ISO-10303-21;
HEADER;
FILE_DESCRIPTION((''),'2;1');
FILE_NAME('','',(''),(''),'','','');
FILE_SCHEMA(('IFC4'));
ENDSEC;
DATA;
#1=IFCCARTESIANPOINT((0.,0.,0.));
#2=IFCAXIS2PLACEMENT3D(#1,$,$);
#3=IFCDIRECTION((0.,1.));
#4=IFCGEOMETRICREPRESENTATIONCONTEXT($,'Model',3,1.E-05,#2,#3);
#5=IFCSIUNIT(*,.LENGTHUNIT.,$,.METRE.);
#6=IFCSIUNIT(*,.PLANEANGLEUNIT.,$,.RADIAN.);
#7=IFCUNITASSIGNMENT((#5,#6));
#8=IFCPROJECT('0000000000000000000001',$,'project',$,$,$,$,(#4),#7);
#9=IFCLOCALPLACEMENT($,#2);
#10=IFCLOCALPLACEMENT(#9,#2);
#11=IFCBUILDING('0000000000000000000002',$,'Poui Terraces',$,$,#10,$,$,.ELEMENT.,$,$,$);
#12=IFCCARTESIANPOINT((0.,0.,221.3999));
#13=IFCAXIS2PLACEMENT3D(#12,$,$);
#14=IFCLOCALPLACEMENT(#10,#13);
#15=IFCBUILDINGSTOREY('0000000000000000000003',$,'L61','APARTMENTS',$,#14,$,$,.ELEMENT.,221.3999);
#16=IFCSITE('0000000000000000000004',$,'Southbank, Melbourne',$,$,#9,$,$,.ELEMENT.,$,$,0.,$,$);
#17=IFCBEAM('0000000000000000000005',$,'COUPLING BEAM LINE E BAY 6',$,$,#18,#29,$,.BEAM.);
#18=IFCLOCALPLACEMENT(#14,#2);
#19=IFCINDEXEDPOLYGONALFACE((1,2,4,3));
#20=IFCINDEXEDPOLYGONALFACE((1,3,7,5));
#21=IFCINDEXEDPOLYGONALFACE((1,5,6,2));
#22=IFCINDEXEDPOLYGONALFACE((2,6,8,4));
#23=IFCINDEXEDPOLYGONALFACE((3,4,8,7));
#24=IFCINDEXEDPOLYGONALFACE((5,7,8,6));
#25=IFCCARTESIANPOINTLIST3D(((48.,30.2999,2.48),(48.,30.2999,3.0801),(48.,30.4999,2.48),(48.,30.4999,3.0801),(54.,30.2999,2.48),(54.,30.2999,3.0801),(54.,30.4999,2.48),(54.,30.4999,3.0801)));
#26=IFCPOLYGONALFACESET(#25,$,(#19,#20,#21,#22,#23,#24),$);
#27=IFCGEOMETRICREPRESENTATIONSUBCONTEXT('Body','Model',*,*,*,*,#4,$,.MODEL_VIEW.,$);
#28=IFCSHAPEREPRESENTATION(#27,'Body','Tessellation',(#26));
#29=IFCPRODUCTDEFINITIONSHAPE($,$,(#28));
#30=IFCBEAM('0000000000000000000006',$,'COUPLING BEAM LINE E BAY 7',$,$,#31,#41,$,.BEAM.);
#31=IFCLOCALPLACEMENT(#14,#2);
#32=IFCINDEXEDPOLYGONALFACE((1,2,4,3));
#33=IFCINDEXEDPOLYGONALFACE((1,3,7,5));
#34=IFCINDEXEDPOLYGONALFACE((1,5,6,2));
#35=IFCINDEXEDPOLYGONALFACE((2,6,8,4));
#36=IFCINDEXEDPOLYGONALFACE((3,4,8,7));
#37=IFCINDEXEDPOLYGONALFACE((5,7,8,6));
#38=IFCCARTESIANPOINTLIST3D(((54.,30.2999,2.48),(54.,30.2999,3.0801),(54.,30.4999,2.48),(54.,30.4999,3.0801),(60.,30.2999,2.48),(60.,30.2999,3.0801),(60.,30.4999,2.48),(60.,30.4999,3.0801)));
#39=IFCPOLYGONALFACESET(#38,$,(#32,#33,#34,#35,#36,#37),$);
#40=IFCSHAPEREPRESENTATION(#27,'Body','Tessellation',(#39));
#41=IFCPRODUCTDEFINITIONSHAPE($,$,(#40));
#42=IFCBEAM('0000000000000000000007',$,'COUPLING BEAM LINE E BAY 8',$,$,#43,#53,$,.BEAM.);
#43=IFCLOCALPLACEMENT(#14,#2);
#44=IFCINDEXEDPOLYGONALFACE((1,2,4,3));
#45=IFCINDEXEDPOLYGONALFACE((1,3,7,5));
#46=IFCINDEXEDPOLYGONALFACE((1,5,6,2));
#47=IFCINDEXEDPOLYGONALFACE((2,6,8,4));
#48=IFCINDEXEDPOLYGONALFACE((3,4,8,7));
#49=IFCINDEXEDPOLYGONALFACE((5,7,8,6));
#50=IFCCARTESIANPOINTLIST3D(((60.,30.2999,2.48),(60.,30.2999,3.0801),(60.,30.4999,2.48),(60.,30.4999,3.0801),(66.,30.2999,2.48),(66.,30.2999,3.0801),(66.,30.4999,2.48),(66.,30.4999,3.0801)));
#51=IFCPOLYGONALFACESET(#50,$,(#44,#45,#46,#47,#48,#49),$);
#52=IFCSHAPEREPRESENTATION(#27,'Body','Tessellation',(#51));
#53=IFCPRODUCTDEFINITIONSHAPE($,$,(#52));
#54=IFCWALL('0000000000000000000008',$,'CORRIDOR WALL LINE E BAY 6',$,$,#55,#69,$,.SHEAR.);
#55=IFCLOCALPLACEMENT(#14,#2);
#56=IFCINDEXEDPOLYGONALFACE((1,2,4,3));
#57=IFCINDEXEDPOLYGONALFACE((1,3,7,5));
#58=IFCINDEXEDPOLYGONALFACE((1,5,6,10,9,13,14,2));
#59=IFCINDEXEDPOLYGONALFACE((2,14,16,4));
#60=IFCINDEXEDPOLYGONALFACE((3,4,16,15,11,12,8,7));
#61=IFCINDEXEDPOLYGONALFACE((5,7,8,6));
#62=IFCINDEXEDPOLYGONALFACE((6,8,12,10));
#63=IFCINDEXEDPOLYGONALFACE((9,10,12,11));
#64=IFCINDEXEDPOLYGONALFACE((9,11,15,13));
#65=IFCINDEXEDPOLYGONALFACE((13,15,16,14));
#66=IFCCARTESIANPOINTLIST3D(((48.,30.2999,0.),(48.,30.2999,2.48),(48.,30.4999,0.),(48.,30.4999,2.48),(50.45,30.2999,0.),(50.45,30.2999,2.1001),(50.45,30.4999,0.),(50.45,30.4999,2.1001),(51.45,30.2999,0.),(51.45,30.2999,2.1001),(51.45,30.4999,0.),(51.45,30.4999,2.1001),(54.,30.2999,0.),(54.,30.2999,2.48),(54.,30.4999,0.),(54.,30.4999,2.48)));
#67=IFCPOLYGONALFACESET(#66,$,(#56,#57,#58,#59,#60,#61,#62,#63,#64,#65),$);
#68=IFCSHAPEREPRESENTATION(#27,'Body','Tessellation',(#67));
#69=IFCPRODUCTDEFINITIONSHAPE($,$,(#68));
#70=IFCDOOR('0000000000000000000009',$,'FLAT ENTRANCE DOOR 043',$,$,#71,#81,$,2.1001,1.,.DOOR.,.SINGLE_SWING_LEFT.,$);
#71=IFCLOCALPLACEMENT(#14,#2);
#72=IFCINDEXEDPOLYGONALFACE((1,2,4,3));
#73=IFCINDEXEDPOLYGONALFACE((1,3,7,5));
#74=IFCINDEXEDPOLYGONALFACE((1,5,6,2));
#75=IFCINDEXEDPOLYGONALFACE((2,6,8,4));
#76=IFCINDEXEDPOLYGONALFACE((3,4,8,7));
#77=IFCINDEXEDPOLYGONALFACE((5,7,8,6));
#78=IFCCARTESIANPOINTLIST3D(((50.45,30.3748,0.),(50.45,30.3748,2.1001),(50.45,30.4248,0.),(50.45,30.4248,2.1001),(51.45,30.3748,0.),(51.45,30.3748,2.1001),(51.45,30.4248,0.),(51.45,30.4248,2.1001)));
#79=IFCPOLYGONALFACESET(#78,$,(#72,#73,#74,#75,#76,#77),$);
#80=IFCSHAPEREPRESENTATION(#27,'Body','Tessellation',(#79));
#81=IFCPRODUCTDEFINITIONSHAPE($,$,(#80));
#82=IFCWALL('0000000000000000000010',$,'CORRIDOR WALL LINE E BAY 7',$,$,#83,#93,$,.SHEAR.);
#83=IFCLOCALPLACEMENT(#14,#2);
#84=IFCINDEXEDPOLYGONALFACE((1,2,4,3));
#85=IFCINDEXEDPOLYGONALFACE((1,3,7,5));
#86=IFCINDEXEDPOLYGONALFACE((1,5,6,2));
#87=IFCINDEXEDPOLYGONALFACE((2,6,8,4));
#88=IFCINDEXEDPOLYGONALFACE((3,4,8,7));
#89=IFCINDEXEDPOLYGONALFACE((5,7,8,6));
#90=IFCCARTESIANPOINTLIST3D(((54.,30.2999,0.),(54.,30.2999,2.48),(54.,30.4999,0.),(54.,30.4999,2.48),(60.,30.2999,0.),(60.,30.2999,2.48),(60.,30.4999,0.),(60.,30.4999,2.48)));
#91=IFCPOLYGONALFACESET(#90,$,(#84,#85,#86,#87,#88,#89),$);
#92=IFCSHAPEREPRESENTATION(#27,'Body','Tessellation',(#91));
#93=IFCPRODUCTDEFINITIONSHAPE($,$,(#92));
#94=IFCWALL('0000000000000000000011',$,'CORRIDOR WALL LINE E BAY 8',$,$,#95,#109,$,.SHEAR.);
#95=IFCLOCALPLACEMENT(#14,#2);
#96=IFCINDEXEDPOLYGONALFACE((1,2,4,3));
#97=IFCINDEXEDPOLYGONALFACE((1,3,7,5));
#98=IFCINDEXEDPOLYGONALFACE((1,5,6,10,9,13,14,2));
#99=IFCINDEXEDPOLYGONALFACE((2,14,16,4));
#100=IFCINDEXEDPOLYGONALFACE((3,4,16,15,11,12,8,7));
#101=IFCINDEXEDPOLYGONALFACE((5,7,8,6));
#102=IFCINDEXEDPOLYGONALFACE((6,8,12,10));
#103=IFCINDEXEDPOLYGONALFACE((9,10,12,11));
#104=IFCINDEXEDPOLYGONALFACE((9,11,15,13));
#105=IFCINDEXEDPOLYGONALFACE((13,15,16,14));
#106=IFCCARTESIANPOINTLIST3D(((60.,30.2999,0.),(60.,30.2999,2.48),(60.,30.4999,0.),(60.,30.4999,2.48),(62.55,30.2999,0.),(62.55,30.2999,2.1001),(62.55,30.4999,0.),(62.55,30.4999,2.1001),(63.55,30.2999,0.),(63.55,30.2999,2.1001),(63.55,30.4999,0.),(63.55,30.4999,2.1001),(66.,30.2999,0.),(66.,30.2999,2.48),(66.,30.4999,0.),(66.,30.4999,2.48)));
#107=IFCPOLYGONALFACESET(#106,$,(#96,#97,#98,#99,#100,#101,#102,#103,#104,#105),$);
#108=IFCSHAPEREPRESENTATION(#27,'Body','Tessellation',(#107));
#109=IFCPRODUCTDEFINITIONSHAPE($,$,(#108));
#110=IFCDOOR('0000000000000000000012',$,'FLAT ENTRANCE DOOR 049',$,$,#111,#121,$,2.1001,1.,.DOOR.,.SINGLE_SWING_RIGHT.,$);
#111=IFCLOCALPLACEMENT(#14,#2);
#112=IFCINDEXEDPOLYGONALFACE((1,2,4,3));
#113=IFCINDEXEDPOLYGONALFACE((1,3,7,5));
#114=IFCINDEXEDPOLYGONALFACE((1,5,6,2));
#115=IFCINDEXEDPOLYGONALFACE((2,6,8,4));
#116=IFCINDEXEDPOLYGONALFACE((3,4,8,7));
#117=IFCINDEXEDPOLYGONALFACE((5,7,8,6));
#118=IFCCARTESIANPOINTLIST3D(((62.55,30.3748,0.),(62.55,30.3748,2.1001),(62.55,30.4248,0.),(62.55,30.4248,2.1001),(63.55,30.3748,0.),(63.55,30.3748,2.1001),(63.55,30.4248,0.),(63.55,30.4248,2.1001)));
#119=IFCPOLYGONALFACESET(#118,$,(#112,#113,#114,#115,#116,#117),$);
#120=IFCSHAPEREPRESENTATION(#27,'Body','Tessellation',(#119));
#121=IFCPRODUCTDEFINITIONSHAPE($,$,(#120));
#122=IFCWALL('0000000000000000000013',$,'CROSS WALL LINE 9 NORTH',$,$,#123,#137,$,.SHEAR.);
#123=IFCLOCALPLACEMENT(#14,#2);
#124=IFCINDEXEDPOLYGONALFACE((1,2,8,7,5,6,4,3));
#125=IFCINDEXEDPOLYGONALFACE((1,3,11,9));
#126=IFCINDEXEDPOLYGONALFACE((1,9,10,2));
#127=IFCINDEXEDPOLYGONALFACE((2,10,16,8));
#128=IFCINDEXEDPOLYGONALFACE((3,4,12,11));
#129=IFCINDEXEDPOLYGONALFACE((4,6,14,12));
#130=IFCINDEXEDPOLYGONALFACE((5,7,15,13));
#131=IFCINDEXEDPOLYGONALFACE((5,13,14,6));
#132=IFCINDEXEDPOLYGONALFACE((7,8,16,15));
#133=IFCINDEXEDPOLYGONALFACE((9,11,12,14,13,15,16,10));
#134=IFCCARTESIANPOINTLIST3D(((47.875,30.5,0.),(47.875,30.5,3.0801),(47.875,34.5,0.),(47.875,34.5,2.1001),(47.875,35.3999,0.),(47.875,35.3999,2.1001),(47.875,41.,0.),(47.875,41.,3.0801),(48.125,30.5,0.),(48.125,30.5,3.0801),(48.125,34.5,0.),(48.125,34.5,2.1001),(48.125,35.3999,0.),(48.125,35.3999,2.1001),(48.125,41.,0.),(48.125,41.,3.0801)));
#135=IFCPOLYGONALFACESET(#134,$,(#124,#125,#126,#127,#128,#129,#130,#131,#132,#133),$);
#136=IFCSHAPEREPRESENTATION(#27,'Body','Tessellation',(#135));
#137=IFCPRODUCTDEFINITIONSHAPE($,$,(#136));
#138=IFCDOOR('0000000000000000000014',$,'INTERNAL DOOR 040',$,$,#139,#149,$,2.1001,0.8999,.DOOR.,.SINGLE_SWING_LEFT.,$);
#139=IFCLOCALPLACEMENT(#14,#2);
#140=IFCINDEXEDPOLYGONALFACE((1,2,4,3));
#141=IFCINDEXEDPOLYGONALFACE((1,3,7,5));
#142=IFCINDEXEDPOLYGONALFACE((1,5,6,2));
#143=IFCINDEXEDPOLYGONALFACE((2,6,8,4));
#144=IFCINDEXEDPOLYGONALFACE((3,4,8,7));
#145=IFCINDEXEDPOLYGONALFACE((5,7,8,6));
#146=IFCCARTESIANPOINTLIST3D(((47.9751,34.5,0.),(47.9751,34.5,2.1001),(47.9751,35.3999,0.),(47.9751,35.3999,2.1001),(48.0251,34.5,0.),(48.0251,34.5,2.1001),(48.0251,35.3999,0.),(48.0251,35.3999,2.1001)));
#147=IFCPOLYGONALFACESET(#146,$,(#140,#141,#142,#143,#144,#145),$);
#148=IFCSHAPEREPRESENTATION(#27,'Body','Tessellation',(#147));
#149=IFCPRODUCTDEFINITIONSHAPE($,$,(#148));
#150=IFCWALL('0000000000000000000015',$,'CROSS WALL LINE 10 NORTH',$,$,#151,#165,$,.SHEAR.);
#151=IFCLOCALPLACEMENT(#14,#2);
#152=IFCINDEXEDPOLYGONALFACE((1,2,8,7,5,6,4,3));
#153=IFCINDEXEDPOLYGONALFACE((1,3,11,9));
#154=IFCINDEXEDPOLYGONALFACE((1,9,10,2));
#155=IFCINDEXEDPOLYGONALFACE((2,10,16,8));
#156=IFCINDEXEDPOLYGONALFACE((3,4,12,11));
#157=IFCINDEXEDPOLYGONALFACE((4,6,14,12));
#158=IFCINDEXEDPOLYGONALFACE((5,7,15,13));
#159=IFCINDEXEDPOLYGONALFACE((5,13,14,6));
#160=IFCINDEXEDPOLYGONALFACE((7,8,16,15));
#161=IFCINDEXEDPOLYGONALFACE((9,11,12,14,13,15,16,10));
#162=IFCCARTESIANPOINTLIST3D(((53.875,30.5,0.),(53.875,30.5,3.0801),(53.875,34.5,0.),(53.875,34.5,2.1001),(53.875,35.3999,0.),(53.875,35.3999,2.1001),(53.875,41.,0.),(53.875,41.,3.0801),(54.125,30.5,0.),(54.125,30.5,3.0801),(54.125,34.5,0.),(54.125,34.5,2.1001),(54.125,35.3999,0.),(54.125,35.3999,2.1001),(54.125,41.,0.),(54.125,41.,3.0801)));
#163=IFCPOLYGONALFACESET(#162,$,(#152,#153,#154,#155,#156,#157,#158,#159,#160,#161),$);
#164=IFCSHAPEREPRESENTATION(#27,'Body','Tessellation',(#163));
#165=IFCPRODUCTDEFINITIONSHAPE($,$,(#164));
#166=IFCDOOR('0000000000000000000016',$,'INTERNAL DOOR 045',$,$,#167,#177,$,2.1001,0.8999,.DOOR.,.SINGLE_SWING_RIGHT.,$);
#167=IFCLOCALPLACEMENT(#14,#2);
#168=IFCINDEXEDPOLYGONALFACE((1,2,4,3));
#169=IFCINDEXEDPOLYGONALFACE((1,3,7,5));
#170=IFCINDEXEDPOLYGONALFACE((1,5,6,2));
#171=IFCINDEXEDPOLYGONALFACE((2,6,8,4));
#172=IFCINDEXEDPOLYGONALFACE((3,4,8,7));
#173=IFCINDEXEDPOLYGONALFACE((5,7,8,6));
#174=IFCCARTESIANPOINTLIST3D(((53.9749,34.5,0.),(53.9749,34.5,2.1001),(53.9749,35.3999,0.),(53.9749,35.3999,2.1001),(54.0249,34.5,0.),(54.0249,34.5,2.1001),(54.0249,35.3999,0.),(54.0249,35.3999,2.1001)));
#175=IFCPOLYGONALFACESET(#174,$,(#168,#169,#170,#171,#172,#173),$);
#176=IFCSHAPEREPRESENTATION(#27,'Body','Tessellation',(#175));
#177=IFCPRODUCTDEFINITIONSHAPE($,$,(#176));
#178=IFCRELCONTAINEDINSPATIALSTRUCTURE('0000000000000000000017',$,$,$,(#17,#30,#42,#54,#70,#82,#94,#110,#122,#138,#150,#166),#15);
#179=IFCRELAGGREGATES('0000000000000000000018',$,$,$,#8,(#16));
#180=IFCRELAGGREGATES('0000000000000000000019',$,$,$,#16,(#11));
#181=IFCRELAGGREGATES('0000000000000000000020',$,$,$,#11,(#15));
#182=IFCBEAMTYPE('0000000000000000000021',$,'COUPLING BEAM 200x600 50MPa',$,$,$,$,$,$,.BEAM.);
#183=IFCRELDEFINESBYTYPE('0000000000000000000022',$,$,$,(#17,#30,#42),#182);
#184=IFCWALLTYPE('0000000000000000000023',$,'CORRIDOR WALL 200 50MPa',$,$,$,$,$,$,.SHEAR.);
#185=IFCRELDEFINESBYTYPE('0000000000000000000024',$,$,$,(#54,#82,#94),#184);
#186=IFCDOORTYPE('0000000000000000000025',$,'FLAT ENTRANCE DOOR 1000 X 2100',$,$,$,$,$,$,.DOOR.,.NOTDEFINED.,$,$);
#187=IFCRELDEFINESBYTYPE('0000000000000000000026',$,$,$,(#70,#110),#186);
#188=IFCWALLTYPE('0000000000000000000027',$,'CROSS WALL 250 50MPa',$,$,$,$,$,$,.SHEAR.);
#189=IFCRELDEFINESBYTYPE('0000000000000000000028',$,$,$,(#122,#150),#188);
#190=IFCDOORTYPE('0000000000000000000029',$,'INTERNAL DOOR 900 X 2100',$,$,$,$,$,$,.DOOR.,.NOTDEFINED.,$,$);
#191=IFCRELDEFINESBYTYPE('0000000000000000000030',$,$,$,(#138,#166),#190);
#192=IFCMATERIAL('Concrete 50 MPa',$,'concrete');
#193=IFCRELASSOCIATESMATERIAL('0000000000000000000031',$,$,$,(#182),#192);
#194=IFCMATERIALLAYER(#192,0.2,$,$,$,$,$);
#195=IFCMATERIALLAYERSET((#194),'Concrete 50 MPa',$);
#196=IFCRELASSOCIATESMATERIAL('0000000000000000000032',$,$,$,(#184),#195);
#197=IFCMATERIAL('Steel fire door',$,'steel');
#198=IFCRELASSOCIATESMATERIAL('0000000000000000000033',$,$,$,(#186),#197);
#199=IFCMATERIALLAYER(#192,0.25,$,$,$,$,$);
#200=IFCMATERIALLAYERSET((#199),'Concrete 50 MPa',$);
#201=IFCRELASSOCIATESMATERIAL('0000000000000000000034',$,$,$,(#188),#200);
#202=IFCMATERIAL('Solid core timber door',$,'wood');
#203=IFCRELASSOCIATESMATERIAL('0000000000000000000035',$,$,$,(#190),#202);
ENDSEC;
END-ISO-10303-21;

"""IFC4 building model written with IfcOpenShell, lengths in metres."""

from ifc_helpers import new_model, si_unit, direction, frame, frame_2d, origin, origin_2d, place, context, subcontext, project, spatial, rectangle, extrude, source, transform, mapped, material, layer, layer_set, material_profile, profile_set, type_object, element, fill, save


model = new_model("IFC4")

# Units and contexts
model_context = context("Model", 3, precision=1e-05, world=origin(), true_north=direction((0.0, 1.0)))
body_context = subcontext(model_context, "Body", "Model", "MODEL_VIEW")
ifc_project = project(units=[si_unit("LENGTHUNIT", "METRE"), si_unit("PLANEANGLEUNIT", "RADIAN")], contexts=[model_context])

# Site, building, storey
site_placement = place(None, origin())
site = spatial("IfcSite", under=ifc_project, at=site_placement, Name="Southbank, Melbourne", CompositionType="ELEMENT", RefElevation=0.0)
building_placement = place(site_placement, origin())
building = spatial("IfcBuilding", under=site, at=building_placement, Name="Poui Terraces", CompositionType="ELEMENT")
storey_placement = place(building_placement, frame((0.0, 0.0, 221.3999)))
storey = spatial("IfcBuildingStorey", under=building, at=storey_placement, Name="L61", Description="APARTMENTS", CompositionType="ELEMENT", Elevation=221.3999)

# Beams
ifc_material_1 = material(Name="Concrete 50 MPa", Category="concrete")
ifc_material_profile = material_profile(ifc_material_1, rectangle(XDim=0.2, YDim=0.6001, at=origin_2d()), Name="RC 200x600")
ifc_profile_set = profile_set([ifc_material_profile], Name="Concrete 50 MPa")
beam_type = type_object("IfcBeamType", Name="COUPLING BEAM 200x600 50MPa", PredefinedType="BEAM", material=ifc_profile_set)
shared_shape = source(origin(), body_context, "Body", "SweptSolid", [
    extrude(rectangle(XDim=0.2, YDim=0.6001, at=origin_2d()), origin(), (0.0, 0.0, 1.0), 6.0),
])
for number, where, z_axis, x_axis, name in (
    (1, (48.0, 30.3999, 2.78), (1.0, 0.0, 0.0), (0.0, 1.0, 0.0), "COUPLING BEAM LINE E BAY 6"),
    (2, (54.0, 30.3999, 2.78), (1.0, 0.0, 0.0), (0.0, 1.0, 0.0), "COUPLING BEAM LINE E BAY 7"),
    (3, (60.0, 30.3999, 2.78), (1.0, 0.0, 0.0), (0.0, 1.0, 0.0), "COUPLING BEAM LINE E BAY 8"),
):
    element("IfcBeam", number, at=place(storey_placement, frame(where, z_axis=z_axis, x_axis=x_axis)), inside=storey, type_object=beam_type, Name=name, PredefinedType="BEAM", context=body_context, shape_type="MappedRepresentation", body=[
        mapped(shared_shape, transform((0.0, 0.0, 0.0))),
    ])

# Wall, opening, door
ifc_layer_1 = layer(ifc_material_1, 0.2)
ifc_layer_set_1 = layer_set([ifc_layer_1], Name="Concrete 50 MPa")
wall_type_1 = type_object("IfcWallType", Name="CORRIDOR WALL 200 50MPa", PredefinedType="SHEAR", material=ifc_layer_set_1)
wall_1_placement = place(storey_placement, frame((48.0, 30.3999, 0.0), z_axis=(0.0, 0.0, 1.0), x_axis=(1.0, 0.0, 0.0)))
wall_1 = element("IfcWall", 4, at=wall_1_placement, inside=storey, type_object=wall_type_1, Name="CORRIDOR WALL LINE E BAY 6", PredefinedType="SHEAR", context=body_context, shape_type="SweptSolid", body=[
    extrude(rectangle(XDim=6.0, YDim=0.2, at=frame_2d((3.0, 0.0))), origin(), (0.0, 0.0, 1.0), 2.48),
])
opening_1_placement = place(wall_1_placement, frame((2.45, 0.0, 0.0)))
opening_1 = element("IfcOpeningElement", 5, at=opening_1_placement, cuts=wall_1, PredefinedType="OPENING", context=body_context, shape_type="SweptSolid", body=[
    extrude(rectangle(XDim=1.0, YDim=2.1001, at=frame_2d((0.5, 1.05))), frame((0.0, 0.1099, 0.0), z_axis=(0.0, -1.0, 0.0), x_axis=(1.0, 0.0, 0.0)), (0.0, 0.0, 1.0), 0.22),
])
ifc_material_2 = material(Name="Steel fire door", Category="steel")
door_type_1 = type_object("IfcDoorType", Name="FLAT ENTRANCE DOOR 1000 X 2100", OperationType="NOTDEFINED", PredefinedType="DOOR", material=ifc_material_2)
door_1_placement = place(opening_1_placement, origin())
door_1 = element("IfcDoor", 6, at=door_1_placement, inside=storey, type_object=door_type_1, Name="FLAT ENTRANCE DOOR 043", OperationType="SINGLE_SWING_LEFT", OverallHeight=2.1001, OverallWidth=1.0, PredefinedType="DOOR", context=body_context, shape_type="SweptSolid", body=[
    extrude(rectangle(XDim=1.0, YDim=2.1001, at=frame_2d((0.5, 1.05))), frame((0.0, 0.0249, 0.0), z_axis=(0.0, -1.0, 0.0), x_axis=(1.0, 0.0, 0.0)), (0.0, 0.0, 1.0), 0.05),
])
fill(opening_1, door_1)

# Wall
wall_2_placement = place(storey_placement, frame((54.0, 30.3999, 0.0), z_axis=(0.0, 0.0, 1.0), x_axis=(1.0, 0.0, 0.0)))
element("IfcWall", 7, at=wall_2_placement, inside=storey, type_object=wall_type_1, Name="CORRIDOR WALL LINE E BAY 7", PredefinedType="SHEAR", context=body_context, shape_type="SweptSolid", body=[
    extrude(rectangle(XDim=6.0, YDim=0.2, at=frame_2d((3.0, 0.0))), origin(), (0.0, 0.0, 1.0), 2.48),
])

# Walls, openings, doors
wall_3_placement = place(storey_placement, frame((60.0, 30.3999, 0.0), z_axis=(0.0, 0.0, 1.0), x_axis=(1.0, 0.0, 0.0)))
wall_3 = element("IfcWall", 8, at=wall_3_placement, inside=storey, type_object=wall_type_1, Name="CORRIDOR WALL LINE E BAY 8", PredefinedType="SHEAR", context=body_context, shape_type="SweptSolid", body=[
    extrude(rectangle(XDim=6.0, YDim=0.2, at=frame_2d((3.0, 0.0))), origin(), (0.0, 0.0, 1.0), 2.48),
])
opening_2_placement = place(wall_3_placement, frame((2.55, 0.0, 0.0)))
opening_2 = element("IfcOpeningElement", 9, at=opening_2_placement, cuts=wall_3, PredefinedType="OPENING", context=body_context, shape_type="SweptSolid", body=[
    extrude(rectangle(XDim=1.0, YDim=2.1001, at=frame_2d((0.5, 1.05))), frame((0.0, 0.1099, 0.0), z_axis=(0.0, -1.0, 0.0), x_axis=(1.0, 0.0, 0.0)), (0.0, 0.0, 1.0), 0.22),
])
door_2_placement = place(opening_2_placement, origin())
door_2 = element("IfcDoor", 10, at=door_2_placement, inside=storey, type_object=door_type_1, Name="FLAT ENTRANCE DOOR 049", OperationType="SINGLE_SWING_RIGHT", OverallHeight=2.1001, OverallWidth=1.0, PredefinedType="DOOR", context=body_context, shape_type="SweptSolid", body=[
    extrude(rectangle(XDim=1.0, YDim=2.1001, at=frame_2d((0.5, 1.05))), frame((0.0, 0.0249, 0.0), z_axis=(0.0, -1.0, 0.0), x_axis=(1.0, 0.0, 0.0)), (0.0, 0.0, 1.0), 0.05),
])
fill(opening_2, door_2)
ifc_layer_2 = layer(ifc_material_1, 0.25)
ifc_layer_set_2 = layer_set([ifc_layer_2], Name="Concrete 50 MPa")
wall_type_2 = type_object("IfcWallType", Name="CROSS WALL 250 50MPa", PredefinedType="SHEAR", material=ifc_layer_set_2)
wall_4_placement = place(storey_placement, frame((48.0, 30.5, 0.0), z_axis=(0.0, 0.0, 1.0), x_axis=(0.0, 1.0, 0.0)))
wall_4 = element("IfcWall", 11, at=wall_4_placement, inside=storey, type_object=wall_type_2, Name="CROSS WALL LINE 9 NORTH", PredefinedType="SHEAR", context=body_context, shape_type="SweptSolid", body=[
    extrude(rectangle(XDim=10.5, YDim=0.25, at=frame_2d((5.25, 0.0))), origin(), (0.0, 0.0, 1.0), 3.0801),
])
opening_3_placement = place(wall_4_placement, frame((4.0, 0.0, 0.0)))
opening_3 = element("IfcOpeningElement", 12, at=opening_3_placement, cuts=wall_4, PredefinedType="OPENING", context=body_context, shape_type="SweptSolid", body=[
    extrude(rectangle(XDim=0.8999, YDim=2.1001, at=frame_2d((0.45, 1.05))), frame((0.0, 0.135, 0.0), z_axis=(0.0, -1.0, 0.0), x_axis=(1.0, 0.0, 0.0)), (0.0, 0.0, 1.0), 0.27),
])
ifc_material_3 = material(Name="Solid core timber door", Category="wood")
door_type_2 = type_object("IfcDoorType", Name="INTERNAL DOOR 900 X 2100", OperationType="NOTDEFINED", PredefinedType="DOOR", material=ifc_material_3)
door_3_placement = place(opening_3_placement, origin())
door_3 = element("IfcDoor", 13, at=door_3_placement, inside=storey, type_object=door_type_2, Name="INTERNAL DOOR 040", OperationType="SINGLE_SWING_LEFT", OverallHeight=2.1001, OverallWidth=0.8999, PredefinedType="DOOR", context=body_context, shape_type="SweptSolid", body=[
    extrude(rectangle(XDim=0.8999, YDim=2.1001, at=frame_2d((0.45, 1.05))), frame((0.0, 0.0249, 0.0), z_axis=(0.0, -1.0, 0.0), x_axis=(1.0, 0.0, 0.0)), (0.0, 0.0, 1.0), 0.05),
])
fill(opening_3, door_3)
wall_5_placement = place(storey_placement, frame((54.0, 30.5, 0.0), z_axis=(0.0, 0.0, 1.0), x_axis=(0.0, 1.0, 0.0)))
wall_5 = element("IfcWall", 14, at=wall_5_placement, inside=storey, type_object=wall_type_2, Name="CROSS WALL LINE 10 NORTH", PredefinedType="SHEAR", context=body_context, shape_type="SweptSolid", body=[
    extrude(rectangle(XDim=10.5, YDim=0.25, at=frame_2d((5.25, 0.0))), origin(), (0.0, 0.0, 1.0), 3.0801),
])
opening_4_placement = place(wall_5_placement, frame((4.0, 0.0, 0.0)))
opening_4 = element("IfcOpeningElement", 15, at=opening_4_placement, cuts=wall_5, PredefinedType="OPENING", context=body_context, shape_type="SweptSolid", body=[
    extrude(rectangle(XDim=0.8999, YDim=2.1001, at=frame_2d((0.45, 1.05))), frame((0.0, 0.135, 0.0), z_axis=(0.0, -1.0, 0.0), x_axis=(1.0, 0.0, 0.0)), (0.0, 0.0, 1.0), 0.27),
])
door_4_placement = place(opening_4_placement, frame((0.8999, 0.0, 0.0), z_axis=(0.0, 0.0, 1.0), x_axis=(-1.0, 0.0, 0.0)))
door_4 = element("IfcDoor", 16, at=door_4_placement, inside=storey, type_object=door_type_2, Name="INTERNAL DOOR 045", OperationType="SINGLE_SWING_RIGHT", OverallHeight=2.1001, OverallWidth=0.8999, PredefinedType="DOOR", context=body_context, shape_type="SweptSolid", body=[
    extrude(rectangle(XDim=0.8999, YDim=2.1001, at=frame_2d((0.45, 1.05))), frame((0.0, 0.0249, 0.0), z_axis=(0.0, -1.0, 0.0), x_axis=(1.0, 0.0, 0.0)), (0.0, 0.0, 1.0), 0.05),
])
fill(opening_4, door_4)

save(model, "model.ifc")
